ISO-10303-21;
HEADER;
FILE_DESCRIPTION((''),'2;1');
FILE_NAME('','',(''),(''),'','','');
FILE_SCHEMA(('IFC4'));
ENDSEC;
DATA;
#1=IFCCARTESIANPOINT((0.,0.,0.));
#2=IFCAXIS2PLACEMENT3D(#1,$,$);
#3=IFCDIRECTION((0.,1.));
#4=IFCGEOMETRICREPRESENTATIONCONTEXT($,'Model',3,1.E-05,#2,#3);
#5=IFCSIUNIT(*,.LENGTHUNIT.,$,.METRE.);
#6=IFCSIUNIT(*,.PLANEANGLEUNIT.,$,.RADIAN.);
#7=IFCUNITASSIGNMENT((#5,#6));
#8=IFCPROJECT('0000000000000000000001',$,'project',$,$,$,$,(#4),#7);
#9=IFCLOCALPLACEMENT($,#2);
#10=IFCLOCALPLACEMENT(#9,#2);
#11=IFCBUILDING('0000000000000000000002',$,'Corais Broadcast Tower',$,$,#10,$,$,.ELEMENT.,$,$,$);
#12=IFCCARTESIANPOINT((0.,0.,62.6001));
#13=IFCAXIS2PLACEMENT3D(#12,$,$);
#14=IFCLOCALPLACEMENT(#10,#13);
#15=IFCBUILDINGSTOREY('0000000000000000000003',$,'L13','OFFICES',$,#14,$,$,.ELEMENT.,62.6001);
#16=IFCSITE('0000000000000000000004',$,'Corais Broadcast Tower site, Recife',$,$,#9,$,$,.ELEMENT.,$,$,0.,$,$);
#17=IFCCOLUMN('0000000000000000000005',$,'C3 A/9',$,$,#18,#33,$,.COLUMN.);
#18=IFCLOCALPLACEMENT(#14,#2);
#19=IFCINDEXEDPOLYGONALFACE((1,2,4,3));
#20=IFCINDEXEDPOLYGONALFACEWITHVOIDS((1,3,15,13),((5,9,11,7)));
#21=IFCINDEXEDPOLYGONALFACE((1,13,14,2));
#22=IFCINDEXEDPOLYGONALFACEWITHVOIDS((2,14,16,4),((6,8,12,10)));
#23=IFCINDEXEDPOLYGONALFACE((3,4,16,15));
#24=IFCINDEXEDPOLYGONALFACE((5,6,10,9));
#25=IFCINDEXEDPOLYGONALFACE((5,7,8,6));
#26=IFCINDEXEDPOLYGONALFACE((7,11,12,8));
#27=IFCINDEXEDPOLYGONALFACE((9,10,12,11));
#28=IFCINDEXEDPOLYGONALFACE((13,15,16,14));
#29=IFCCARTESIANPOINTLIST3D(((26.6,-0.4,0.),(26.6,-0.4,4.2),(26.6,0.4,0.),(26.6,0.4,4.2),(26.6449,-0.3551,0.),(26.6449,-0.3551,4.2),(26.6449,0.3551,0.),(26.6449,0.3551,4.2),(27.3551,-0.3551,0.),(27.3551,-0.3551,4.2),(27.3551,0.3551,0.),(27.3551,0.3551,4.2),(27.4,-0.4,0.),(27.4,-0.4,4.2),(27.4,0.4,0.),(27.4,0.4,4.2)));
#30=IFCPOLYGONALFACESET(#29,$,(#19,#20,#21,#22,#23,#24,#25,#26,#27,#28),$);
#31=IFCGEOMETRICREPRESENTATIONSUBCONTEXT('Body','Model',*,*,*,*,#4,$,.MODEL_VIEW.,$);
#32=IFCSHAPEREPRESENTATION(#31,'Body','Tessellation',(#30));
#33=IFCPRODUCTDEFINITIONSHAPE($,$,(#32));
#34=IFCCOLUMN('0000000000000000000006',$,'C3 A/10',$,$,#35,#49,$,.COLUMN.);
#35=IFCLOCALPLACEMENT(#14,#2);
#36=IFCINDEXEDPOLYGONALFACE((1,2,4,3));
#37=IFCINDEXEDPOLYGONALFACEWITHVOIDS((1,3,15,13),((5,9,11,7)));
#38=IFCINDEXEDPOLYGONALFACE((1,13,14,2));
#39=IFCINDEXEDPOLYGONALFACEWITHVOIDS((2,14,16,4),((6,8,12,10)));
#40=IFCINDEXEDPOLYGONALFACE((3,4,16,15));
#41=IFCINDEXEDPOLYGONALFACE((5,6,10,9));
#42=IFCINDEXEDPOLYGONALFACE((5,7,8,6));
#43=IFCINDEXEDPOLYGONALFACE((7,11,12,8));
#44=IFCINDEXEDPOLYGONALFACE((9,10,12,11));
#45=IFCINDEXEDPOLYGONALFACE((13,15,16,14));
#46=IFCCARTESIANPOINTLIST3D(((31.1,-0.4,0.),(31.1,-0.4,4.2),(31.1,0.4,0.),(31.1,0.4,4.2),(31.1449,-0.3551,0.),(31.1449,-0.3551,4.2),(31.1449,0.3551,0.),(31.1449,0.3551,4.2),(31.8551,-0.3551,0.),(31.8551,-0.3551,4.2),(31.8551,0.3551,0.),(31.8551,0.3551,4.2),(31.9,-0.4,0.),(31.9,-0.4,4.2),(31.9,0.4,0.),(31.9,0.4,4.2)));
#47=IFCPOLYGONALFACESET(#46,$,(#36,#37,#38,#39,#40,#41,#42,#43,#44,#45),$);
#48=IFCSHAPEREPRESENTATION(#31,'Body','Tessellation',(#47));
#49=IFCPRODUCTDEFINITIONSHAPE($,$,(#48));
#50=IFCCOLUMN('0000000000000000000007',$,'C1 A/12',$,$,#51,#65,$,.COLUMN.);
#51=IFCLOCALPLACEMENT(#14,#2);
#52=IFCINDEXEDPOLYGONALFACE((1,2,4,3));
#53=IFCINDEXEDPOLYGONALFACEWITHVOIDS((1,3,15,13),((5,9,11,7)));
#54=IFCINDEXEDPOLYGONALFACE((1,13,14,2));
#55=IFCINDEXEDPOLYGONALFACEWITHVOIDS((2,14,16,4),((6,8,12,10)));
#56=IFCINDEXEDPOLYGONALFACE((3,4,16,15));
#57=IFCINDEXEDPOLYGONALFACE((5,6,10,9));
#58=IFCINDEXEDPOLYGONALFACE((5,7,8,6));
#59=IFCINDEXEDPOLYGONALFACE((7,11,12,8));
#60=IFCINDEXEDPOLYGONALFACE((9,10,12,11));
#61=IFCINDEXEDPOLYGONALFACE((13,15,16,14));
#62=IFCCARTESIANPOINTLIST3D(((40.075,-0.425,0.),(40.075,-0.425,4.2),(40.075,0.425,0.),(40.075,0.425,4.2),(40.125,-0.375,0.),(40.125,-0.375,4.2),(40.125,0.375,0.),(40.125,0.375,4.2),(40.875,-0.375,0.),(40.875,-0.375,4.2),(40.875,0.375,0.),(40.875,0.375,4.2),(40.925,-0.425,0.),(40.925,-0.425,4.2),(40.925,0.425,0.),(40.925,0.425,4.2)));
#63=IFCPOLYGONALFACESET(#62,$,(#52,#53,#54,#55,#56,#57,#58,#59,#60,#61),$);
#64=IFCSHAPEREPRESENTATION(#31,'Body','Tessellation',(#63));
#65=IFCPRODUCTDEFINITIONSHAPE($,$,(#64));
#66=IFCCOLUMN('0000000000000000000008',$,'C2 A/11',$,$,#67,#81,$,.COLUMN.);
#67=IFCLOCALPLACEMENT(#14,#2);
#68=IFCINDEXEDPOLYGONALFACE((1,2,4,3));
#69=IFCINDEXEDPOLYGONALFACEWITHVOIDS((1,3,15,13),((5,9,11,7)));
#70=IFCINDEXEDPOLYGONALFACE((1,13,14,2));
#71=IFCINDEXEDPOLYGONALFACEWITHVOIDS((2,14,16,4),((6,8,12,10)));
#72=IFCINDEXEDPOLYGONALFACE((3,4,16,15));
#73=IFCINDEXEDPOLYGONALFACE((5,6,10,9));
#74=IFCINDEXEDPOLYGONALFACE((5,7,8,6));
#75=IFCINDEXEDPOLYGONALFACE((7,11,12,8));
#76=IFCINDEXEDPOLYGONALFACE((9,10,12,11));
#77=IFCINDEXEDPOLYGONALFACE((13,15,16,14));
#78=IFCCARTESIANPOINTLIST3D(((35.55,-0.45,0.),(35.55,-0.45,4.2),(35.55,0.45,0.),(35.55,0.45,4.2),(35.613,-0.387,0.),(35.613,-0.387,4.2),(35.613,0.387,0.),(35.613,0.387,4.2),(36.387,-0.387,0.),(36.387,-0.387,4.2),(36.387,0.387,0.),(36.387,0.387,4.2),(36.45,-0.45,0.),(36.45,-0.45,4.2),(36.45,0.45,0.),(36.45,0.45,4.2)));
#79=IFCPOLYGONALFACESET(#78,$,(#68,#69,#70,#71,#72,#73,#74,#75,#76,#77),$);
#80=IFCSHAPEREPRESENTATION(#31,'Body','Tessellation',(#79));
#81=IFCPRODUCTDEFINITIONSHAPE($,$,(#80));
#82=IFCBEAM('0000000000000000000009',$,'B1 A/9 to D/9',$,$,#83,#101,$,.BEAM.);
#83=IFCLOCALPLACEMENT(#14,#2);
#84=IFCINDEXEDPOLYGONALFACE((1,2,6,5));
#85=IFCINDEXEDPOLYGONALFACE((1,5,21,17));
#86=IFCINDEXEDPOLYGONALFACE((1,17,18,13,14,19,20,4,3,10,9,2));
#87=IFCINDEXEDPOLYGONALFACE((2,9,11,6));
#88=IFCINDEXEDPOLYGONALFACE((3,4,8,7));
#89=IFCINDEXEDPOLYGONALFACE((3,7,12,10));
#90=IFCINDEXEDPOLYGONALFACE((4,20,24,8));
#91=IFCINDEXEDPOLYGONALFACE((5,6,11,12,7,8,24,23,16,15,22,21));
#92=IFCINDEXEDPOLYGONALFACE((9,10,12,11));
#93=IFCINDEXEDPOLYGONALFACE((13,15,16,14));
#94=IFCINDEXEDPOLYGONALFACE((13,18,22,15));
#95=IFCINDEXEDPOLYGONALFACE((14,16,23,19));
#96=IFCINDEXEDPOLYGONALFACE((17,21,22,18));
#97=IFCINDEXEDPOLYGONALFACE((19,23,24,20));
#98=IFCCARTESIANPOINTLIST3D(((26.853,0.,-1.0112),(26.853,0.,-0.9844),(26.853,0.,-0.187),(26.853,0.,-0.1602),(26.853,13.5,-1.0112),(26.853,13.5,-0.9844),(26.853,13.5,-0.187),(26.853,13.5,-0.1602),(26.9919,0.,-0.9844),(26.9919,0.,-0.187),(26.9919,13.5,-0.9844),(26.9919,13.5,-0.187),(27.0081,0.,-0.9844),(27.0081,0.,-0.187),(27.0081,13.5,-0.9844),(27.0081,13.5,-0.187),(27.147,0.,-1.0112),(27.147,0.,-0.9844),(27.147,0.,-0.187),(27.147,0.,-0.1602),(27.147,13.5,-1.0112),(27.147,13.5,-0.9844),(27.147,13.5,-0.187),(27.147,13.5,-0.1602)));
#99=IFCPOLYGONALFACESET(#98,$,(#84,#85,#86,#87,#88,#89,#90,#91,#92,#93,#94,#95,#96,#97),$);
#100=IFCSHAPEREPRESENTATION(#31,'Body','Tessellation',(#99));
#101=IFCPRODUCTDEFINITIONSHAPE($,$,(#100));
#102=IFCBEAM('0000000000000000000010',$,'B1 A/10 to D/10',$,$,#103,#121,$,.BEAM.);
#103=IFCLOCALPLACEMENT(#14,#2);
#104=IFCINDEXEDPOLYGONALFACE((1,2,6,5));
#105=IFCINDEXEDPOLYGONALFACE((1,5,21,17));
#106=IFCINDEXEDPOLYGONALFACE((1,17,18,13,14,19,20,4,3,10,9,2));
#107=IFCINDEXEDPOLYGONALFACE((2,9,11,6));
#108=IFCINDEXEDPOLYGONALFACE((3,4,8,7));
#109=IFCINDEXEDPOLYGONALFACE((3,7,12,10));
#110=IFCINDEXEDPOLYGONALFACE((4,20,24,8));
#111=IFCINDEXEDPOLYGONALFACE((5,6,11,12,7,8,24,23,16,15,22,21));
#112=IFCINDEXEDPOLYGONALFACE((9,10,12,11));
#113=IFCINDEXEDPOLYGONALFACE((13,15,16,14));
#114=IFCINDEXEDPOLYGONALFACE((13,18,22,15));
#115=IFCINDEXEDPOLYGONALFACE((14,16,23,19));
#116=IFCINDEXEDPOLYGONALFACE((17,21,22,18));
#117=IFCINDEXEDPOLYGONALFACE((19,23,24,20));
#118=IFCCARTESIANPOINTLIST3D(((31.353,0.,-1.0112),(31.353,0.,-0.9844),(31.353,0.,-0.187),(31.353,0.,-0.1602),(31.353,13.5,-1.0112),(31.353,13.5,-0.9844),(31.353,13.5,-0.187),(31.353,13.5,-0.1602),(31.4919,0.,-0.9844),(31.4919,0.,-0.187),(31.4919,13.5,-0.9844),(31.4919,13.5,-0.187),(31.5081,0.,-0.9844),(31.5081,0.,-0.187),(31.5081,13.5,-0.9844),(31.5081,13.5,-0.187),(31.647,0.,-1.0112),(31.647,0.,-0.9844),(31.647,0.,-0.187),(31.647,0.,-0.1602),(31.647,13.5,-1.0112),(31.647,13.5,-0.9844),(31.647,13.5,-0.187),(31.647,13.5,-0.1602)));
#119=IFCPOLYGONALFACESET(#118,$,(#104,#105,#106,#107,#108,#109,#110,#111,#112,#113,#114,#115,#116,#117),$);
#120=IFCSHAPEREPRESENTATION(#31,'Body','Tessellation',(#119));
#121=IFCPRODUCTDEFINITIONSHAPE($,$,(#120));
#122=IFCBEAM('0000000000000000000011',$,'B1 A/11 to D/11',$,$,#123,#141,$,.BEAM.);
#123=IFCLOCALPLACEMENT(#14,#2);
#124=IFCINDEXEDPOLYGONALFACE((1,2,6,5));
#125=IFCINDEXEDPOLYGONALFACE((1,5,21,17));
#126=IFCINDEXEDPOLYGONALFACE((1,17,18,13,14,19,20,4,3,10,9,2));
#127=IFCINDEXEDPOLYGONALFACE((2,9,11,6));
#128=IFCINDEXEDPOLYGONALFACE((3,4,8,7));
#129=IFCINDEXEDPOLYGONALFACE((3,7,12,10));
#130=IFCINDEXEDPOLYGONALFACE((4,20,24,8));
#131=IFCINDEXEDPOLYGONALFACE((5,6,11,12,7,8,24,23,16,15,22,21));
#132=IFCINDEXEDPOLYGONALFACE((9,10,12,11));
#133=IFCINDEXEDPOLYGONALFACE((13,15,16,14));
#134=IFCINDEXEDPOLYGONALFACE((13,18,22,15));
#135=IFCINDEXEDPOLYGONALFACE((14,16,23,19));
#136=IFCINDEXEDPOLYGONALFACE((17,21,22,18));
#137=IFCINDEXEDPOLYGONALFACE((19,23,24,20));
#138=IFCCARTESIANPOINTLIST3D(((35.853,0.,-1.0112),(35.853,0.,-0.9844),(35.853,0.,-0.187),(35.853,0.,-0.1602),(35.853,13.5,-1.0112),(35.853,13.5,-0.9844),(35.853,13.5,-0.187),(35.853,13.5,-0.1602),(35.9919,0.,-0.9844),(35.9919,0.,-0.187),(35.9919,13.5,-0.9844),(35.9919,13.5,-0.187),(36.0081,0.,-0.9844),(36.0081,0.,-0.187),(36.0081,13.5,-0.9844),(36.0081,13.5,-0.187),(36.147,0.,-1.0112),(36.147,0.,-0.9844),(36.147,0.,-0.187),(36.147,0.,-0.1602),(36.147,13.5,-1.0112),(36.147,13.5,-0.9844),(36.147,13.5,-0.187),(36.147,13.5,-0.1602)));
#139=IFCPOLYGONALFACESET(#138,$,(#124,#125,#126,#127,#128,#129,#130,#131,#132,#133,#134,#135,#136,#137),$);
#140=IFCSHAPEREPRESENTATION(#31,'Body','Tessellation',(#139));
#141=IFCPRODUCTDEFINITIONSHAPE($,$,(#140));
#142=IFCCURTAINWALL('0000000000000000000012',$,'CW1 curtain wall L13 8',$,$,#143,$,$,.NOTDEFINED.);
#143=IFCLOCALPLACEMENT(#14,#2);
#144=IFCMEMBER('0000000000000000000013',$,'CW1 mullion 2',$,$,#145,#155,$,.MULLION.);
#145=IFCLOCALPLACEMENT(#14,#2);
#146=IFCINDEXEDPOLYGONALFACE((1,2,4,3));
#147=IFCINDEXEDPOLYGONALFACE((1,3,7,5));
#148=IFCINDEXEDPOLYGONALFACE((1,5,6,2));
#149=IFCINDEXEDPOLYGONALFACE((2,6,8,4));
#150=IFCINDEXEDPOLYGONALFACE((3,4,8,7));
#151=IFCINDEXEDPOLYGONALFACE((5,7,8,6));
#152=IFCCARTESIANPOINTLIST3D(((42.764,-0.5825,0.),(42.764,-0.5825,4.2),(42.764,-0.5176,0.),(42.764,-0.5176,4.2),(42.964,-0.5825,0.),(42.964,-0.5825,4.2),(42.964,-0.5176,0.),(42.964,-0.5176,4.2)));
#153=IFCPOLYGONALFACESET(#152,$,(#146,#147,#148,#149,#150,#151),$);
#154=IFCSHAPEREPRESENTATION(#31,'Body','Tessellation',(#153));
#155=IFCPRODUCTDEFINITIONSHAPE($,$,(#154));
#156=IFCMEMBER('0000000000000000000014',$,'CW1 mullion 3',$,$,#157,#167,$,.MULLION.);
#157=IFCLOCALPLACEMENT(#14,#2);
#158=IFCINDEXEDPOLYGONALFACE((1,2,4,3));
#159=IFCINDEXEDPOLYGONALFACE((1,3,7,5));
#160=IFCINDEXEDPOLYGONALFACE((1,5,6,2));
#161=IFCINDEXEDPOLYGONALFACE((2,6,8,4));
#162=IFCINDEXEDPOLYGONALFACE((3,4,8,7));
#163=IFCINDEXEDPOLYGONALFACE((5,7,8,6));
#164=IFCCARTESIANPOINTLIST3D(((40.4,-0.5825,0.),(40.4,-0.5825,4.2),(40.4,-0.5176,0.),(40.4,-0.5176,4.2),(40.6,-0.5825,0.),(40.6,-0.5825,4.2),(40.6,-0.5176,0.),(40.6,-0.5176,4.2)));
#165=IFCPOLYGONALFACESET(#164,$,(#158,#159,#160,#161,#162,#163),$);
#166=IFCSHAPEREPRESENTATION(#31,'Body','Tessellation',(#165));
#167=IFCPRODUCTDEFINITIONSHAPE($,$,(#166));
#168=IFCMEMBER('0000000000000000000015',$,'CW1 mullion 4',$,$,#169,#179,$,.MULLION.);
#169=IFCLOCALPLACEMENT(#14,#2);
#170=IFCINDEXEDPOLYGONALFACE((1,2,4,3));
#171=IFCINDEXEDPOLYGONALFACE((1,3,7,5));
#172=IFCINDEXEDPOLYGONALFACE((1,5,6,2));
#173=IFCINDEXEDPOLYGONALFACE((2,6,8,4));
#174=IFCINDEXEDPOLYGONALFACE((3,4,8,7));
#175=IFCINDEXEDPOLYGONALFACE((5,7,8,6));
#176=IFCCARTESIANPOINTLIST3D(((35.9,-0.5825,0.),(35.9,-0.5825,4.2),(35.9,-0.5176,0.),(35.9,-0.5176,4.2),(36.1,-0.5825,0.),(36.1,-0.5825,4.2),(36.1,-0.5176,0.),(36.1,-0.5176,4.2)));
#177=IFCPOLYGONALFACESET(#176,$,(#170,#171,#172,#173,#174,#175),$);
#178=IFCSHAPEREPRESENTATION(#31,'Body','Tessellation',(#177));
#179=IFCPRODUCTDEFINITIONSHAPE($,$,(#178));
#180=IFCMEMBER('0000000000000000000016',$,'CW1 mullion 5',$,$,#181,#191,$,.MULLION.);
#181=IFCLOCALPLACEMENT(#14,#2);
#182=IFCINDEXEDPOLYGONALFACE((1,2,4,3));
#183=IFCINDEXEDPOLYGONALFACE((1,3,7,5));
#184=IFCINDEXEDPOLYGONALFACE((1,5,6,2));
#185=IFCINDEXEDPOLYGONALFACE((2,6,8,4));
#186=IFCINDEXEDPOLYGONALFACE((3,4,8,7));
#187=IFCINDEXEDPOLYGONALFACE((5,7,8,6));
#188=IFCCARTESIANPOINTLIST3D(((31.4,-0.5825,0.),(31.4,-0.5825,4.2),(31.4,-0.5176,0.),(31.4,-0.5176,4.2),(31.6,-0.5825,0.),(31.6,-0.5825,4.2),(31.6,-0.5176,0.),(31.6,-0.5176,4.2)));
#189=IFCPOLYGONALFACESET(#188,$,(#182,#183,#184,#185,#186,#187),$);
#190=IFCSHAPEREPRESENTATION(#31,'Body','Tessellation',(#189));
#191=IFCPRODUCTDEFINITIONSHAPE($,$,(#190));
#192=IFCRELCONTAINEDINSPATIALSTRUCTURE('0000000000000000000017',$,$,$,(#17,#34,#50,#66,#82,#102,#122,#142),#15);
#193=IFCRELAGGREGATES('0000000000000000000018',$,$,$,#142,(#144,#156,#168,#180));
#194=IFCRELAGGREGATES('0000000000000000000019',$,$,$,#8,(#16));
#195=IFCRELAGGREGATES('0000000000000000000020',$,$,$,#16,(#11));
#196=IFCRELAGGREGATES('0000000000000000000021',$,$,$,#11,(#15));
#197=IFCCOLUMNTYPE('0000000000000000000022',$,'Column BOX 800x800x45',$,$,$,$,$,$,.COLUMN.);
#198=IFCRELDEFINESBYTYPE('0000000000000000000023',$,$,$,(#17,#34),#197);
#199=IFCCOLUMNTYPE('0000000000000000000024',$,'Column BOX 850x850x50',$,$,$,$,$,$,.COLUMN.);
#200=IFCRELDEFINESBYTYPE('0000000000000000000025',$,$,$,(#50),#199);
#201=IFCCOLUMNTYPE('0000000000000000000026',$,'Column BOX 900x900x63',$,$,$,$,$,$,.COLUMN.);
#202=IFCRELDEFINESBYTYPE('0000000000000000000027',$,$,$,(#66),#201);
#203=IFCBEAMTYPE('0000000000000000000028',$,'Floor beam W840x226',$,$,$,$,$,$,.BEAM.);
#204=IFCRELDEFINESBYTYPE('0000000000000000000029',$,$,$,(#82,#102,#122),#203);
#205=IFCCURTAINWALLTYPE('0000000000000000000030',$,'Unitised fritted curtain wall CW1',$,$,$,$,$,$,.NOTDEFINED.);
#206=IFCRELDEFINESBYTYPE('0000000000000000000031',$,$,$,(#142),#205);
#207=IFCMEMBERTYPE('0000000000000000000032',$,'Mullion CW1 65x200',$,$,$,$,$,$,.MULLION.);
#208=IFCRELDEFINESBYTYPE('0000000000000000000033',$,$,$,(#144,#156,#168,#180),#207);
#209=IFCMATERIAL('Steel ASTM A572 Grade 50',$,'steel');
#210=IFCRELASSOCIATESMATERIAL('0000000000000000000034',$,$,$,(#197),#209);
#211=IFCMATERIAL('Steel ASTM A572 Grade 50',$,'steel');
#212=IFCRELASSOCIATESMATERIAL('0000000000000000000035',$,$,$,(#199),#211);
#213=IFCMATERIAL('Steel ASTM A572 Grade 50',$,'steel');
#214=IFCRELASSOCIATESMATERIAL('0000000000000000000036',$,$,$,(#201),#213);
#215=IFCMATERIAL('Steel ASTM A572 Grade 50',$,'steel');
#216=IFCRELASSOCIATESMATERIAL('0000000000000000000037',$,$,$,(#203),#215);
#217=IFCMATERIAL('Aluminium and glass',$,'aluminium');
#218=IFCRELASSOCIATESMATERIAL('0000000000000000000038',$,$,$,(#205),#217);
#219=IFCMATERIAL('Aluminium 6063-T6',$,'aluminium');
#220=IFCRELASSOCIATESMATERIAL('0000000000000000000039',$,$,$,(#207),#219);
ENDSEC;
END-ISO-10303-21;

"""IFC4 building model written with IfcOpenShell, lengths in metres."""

from ifc_helpers import new_model, si_unit, direction, frame, origin, origin_2d, place, context, subcontext, project, spatial, rectangle, hollow_rectangle, i_section, extrude, material, material_profile, profile_set, type_object, element, aggregate, save


model = new_model("IFC4")

# Units and contexts
model_context = context("Model", 3, precision=1e-05, world=origin(), true_north=direction((0.0, 1.0)))
body_context = subcontext(model_context, "Body", "Model", "MODEL_VIEW")
ifc_project = project(units=[si_unit("LENGTHUNIT", "METRE"), si_unit("PLANEANGLEUNIT", "RADIAN")], contexts=[model_context])

# Site, building, storey
site_placement = place(None, origin())
site = spatial("IfcSite", under=ifc_project, at=site_placement, Name="Corais Broadcast Tower site, Recife", CompositionType="ELEMENT", RefElevation=0.0)
building_placement = place(site_placement, origin())
building = spatial("IfcBuilding", under=site, at=building_placement, Name="Corais Broadcast Tower", CompositionType="ELEMENT")
storey_placement = place(building_placement, frame((0.0, 0.0, 62.6001)))
storey = spatial("IfcBuildingStorey", under=building, at=storey_placement, Name="L13", Description="OFFICES", CompositionType="ELEMENT", Elevation=62.6001)

# Columns
ifc_material_1 = material(Name="Steel ASTM A572 Grade 50", Category="steel")
ifc_material_profile_1 = material_profile(ifc_material_1, hollow_rectangle(XDim=0.8, YDim=0.8, WallThickness=0.0449, at=origin_2d()), Name="BOX 800x800x45")
ifc_profile_set_1 = profile_set([ifc_material_profile_1], Name="Steel ASTM A572 Grade 50")
column_type_1 = type_object("IfcColumnType", Name="Column BOX 800x800x45", PredefinedType="COLUMN", material=ifc_profile_set_1)
for number, where, z_axis, x_axis, name in (
    (1, (27.0, 0.0, 0.0), (0.0, 0.0, 1.0), (1.0, 0.0, 0.0), "C3 A/9"),
    (2, (31.5, 0.0, 0.0), (0.0, 0.0, 1.0), (1.0, 0.0, 0.0), "C3 A/10"),
):
    element("IfcColumn", number, at=place(storey_placement, frame(where, z_axis=z_axis, x_axis=x_axis)), inside=storey, type_object=column_type_1, Name=name, PredefinedType="COLUMN", context=body_context, shape_type="SweptSolid", body=[
        extrude(hollow_rectangle(XDim=0.8, YDim=0.8, WallThickness=0.0449, at=origin_2d()), origin(), (0.0, 0.0, 1.0), 4.2),
    ])
ifc_material_2 = material(Name="Steel ASTM A572 Grade 50", Category="steel")
ifc_material_profile_2 = material_profile(ifc_material_2, hollow_rectangle(XDim=0.8501, YDim=0.8501, WallThickness=0.05, at=origin_2d()), Name="BOX 850x850x50")
ifc_profile_set_2 = profile_set([ifc_material_profile_2], Name="Steel ASTM A572 Grade 50")
column_type_2 = type_object("IfcColumnType", Name="Column BOX 850x850x50", PredefinedType="COLUMN", material=ifc_profile_set_2)
column_1_placement = place(storey_placement, frame((40.5, 0.0, 0.0), z_axis=(0.0, 0.0, 1.0), x_axis=(1.0, 0.0, 0.0)))
element("IfcColumn", 3, at=column_1_placement, inside=storey, type_object=column_type_2, Name="C1 A/12", PredefinedType="COLUMN", context=body_context, shape_type="SweptSolid", body=[
    extrude(hollow_rectangle(XDim=0.8501, YDim=0.8501, WallThickness=0.05, at=origin_2d()), origin(), (0.0, 0.0, 1.0), 4.2),
])
ifc_material_3 = material(Name="Steel ASTM A572 Grade 50", Category="steel")
ifc_material_profile_3 = material_profile(ifc_material_3, hollow_rectangle(XDim=0.8999, YDim=0.8999, WallThickness=0.063, at=origin_2d()), Name="BOX 900x900x63")
ifc_profile_set_3 = profile_set([ifc_material_profile_3], Name="Steel ASTM A572 Grade 50")
column_type_3 = type_object("IfcColumnType", Name="Column BOX 900x900x63", PredefinedType="COLUMN", material=ifc_profile_set_3)
column_2_placement = place(storey_placement, frame((36.0, 0.0, 0.0), z_axis=(0.0, 0.0, 1.0), x_axis=(1.0, 0.0, 0.0)))
element("IfcColumn", 4, at=column_2_placement, inside=storey, type_object=column_type_3, Name="C2 A/11", PredefinedType="COLUMN", context=body_context, shape_type="SweptSolid", body=[
    extrude(hollow_rectangle(XDim=0.8999, YDim=0.8999, WallThickness=0.063, at=origin_2d()), origin(), (0.0, 0.0, 1.0), 4.2),
])

# Beams
ifc_material_4 = material(Name="Steel ASTM A572 Grade 50", Category="steel")
ifc_material_profile_4 = material_profile(ifc_material_4, i_section(OverallWidth=0.2939, OverallDepth=0.8511, WebThickness=0.0161, FlangeThickness=0.0269, at=origin_2d()), Name="W840x226")
ifc_profile_set_4 = profile_set([ifc_material_profile_4], Name="Steel ASTM A572 Grade 50")
beam_type_1 = type_object("IfcBeamType", Name="Floor beam W840x226", PredefinedType="BEAM", material=ifc_profile_set_4)
for number, where, z_axis, x_axis, name in (
    (5, (27.0, 0.0, -0.5857), (0.0, 1.0, 0.0), (-1.0, 0.0, 0.0), "B1 A/9 to D/9"),
    (6, (31.5, 0.0, -0.5857), (0.0, 1.0, 0.0), (-1.0, 0.0, 0.0), "B1 A/10 to D/10"),
    (7, (36.0, 0.0, -0.5857), (0.0, 1.0, 0.0), (-1.0, 0.0, 0.0), "B1 A/11 to D/11"),
):
    element("IfcBeam", number, at=place(storey_placement, frame(where, z_axis=z_axis, x_axis=x_axis)), inside=storey, type_object=beam_type_1, Name=name, PredefinedType="BEAM", context=body_context, shape_type="SweptSolid", body=[
        extrude(i_section(OverallWidth=0.2939, OverallDepth=0.8511, WebThickness=0.0161, FlangeThickness=0.0269, at=origin_2d()), origin(), (0.0, 0.0, 1.0), 13.5),
    ])

# Curtain wall, members
ifc_material_5 = material(Name="Aluminium and glass", Category="aluminium")
curtain_wall_type = type_object("IfcCurtainWallType", Name="Unitised fritted curtain wall CW1", PredefinedType="NOTDEFINED", material=ifc_material_5)
curtain_wall_placement = place(storey_placement, origin())
curtain_wall = element("IfcCurtainWall", 8, at=curtain_wall_placement, inside=storey, type_object=curtain_wall_type, Name="CW1 curtain wall L13 8", PredefinedType="NOTDEFINED")
ifc_material_6 = material(Name="Aluminium 6063-T6", Category="aluminium")
ifc_material_profile_5 = material_profile(ifc_material_6, rectangle(XDim=0.0649, YDim=0.2, at=origin_2d()), Name="Mullion CW1 65x200")
ifc_profile_set_5 = profile_set([ifc_material_profile_5], Name="Aluminium 6063-T6")
member_type_1 = type_object("IfcMemberType", Name="Mullion CW1 65x200", PredefinedType="MULLION", material=ifc_profile_set_5)
member_1_placement = place(storey_placement, frame((42.864, -0.55, 0.0), z_axis=(0.0, 0.0, 1.0), x_axis=(0.0, -1.0, 0.0)))
member_1 = element("IfcMember", 9, at=member_1_placement, type_object=member_type_1, Name="CW1 mullion 2", PredefinedType="MULLION", context=body_context, shape_type="SweptSolid", body=[
    extrude(rectangle(XDim=0.0649, YDim=0.2, at=origin_2d()), origin(), (0.0, 0.0, 1.0), 4.2),
])
member_2_placement = place(storey_placement, frame((40.5, -0.55, 0.0), z_axis=(0.0, 0.0, 1.0), x_axis=(0.0, -1.0, 0.0)))
member_2 = element("IfcMember", 10, at=member_2_placement, type_object=member_type_1, Name="CW1 mullion 3", PredefinedType="MULLION", context=body_context, shape_type="SweptSolid", body=[
    extrude(rectangle(XDim=0.0649, YDim=0.2, at=origin_2d()), origin(), (0.0, 0.0, 1.0), 4.2),
])
member_3_placement = place(storey_placement, frame((36.0, -0.55, 0.0), z_axis=(0.0, 0.0, 1.0), x_axis=(0.0, -1.0, 0.0)))
member_3 = element("IfcMember", 11, at=member_3_placement, type_object=member_type_1, Name="CW1 mullion 4", PredefinedType="MULLION", context=body_context, shape_type="SweptSolid", body=[
    extrude(rectangle(XDim=0.0649, YDim=0.2, at=origin_2d()), origin(), (0.0, 0.0, 1.0), 4.2),
])
member_4_placement = place(storey_placement, frame((31.5, -0.55, 0.0), z_axis=(0.0, 0.0, 1.0), x_axis=(0.0, -1.0, 0.0)))
member_4 = element("IfcMember", 12, at=member_4_placement, type_object=member_type_1, Name="CW1 mullion 5", PredefinedType="MULLION", context=body_context, shape_type="SweptSolid", body=[
    extrude(rectangle(XDim=0.0649, YDim=0.2, at=origin_2d()), origin(), (0.0, 0.0, 1.0), 4.2),
])

aggregate(curtain_wall, [member_1, member_2, member_3, member_4])

save(model, "model.ifc")
